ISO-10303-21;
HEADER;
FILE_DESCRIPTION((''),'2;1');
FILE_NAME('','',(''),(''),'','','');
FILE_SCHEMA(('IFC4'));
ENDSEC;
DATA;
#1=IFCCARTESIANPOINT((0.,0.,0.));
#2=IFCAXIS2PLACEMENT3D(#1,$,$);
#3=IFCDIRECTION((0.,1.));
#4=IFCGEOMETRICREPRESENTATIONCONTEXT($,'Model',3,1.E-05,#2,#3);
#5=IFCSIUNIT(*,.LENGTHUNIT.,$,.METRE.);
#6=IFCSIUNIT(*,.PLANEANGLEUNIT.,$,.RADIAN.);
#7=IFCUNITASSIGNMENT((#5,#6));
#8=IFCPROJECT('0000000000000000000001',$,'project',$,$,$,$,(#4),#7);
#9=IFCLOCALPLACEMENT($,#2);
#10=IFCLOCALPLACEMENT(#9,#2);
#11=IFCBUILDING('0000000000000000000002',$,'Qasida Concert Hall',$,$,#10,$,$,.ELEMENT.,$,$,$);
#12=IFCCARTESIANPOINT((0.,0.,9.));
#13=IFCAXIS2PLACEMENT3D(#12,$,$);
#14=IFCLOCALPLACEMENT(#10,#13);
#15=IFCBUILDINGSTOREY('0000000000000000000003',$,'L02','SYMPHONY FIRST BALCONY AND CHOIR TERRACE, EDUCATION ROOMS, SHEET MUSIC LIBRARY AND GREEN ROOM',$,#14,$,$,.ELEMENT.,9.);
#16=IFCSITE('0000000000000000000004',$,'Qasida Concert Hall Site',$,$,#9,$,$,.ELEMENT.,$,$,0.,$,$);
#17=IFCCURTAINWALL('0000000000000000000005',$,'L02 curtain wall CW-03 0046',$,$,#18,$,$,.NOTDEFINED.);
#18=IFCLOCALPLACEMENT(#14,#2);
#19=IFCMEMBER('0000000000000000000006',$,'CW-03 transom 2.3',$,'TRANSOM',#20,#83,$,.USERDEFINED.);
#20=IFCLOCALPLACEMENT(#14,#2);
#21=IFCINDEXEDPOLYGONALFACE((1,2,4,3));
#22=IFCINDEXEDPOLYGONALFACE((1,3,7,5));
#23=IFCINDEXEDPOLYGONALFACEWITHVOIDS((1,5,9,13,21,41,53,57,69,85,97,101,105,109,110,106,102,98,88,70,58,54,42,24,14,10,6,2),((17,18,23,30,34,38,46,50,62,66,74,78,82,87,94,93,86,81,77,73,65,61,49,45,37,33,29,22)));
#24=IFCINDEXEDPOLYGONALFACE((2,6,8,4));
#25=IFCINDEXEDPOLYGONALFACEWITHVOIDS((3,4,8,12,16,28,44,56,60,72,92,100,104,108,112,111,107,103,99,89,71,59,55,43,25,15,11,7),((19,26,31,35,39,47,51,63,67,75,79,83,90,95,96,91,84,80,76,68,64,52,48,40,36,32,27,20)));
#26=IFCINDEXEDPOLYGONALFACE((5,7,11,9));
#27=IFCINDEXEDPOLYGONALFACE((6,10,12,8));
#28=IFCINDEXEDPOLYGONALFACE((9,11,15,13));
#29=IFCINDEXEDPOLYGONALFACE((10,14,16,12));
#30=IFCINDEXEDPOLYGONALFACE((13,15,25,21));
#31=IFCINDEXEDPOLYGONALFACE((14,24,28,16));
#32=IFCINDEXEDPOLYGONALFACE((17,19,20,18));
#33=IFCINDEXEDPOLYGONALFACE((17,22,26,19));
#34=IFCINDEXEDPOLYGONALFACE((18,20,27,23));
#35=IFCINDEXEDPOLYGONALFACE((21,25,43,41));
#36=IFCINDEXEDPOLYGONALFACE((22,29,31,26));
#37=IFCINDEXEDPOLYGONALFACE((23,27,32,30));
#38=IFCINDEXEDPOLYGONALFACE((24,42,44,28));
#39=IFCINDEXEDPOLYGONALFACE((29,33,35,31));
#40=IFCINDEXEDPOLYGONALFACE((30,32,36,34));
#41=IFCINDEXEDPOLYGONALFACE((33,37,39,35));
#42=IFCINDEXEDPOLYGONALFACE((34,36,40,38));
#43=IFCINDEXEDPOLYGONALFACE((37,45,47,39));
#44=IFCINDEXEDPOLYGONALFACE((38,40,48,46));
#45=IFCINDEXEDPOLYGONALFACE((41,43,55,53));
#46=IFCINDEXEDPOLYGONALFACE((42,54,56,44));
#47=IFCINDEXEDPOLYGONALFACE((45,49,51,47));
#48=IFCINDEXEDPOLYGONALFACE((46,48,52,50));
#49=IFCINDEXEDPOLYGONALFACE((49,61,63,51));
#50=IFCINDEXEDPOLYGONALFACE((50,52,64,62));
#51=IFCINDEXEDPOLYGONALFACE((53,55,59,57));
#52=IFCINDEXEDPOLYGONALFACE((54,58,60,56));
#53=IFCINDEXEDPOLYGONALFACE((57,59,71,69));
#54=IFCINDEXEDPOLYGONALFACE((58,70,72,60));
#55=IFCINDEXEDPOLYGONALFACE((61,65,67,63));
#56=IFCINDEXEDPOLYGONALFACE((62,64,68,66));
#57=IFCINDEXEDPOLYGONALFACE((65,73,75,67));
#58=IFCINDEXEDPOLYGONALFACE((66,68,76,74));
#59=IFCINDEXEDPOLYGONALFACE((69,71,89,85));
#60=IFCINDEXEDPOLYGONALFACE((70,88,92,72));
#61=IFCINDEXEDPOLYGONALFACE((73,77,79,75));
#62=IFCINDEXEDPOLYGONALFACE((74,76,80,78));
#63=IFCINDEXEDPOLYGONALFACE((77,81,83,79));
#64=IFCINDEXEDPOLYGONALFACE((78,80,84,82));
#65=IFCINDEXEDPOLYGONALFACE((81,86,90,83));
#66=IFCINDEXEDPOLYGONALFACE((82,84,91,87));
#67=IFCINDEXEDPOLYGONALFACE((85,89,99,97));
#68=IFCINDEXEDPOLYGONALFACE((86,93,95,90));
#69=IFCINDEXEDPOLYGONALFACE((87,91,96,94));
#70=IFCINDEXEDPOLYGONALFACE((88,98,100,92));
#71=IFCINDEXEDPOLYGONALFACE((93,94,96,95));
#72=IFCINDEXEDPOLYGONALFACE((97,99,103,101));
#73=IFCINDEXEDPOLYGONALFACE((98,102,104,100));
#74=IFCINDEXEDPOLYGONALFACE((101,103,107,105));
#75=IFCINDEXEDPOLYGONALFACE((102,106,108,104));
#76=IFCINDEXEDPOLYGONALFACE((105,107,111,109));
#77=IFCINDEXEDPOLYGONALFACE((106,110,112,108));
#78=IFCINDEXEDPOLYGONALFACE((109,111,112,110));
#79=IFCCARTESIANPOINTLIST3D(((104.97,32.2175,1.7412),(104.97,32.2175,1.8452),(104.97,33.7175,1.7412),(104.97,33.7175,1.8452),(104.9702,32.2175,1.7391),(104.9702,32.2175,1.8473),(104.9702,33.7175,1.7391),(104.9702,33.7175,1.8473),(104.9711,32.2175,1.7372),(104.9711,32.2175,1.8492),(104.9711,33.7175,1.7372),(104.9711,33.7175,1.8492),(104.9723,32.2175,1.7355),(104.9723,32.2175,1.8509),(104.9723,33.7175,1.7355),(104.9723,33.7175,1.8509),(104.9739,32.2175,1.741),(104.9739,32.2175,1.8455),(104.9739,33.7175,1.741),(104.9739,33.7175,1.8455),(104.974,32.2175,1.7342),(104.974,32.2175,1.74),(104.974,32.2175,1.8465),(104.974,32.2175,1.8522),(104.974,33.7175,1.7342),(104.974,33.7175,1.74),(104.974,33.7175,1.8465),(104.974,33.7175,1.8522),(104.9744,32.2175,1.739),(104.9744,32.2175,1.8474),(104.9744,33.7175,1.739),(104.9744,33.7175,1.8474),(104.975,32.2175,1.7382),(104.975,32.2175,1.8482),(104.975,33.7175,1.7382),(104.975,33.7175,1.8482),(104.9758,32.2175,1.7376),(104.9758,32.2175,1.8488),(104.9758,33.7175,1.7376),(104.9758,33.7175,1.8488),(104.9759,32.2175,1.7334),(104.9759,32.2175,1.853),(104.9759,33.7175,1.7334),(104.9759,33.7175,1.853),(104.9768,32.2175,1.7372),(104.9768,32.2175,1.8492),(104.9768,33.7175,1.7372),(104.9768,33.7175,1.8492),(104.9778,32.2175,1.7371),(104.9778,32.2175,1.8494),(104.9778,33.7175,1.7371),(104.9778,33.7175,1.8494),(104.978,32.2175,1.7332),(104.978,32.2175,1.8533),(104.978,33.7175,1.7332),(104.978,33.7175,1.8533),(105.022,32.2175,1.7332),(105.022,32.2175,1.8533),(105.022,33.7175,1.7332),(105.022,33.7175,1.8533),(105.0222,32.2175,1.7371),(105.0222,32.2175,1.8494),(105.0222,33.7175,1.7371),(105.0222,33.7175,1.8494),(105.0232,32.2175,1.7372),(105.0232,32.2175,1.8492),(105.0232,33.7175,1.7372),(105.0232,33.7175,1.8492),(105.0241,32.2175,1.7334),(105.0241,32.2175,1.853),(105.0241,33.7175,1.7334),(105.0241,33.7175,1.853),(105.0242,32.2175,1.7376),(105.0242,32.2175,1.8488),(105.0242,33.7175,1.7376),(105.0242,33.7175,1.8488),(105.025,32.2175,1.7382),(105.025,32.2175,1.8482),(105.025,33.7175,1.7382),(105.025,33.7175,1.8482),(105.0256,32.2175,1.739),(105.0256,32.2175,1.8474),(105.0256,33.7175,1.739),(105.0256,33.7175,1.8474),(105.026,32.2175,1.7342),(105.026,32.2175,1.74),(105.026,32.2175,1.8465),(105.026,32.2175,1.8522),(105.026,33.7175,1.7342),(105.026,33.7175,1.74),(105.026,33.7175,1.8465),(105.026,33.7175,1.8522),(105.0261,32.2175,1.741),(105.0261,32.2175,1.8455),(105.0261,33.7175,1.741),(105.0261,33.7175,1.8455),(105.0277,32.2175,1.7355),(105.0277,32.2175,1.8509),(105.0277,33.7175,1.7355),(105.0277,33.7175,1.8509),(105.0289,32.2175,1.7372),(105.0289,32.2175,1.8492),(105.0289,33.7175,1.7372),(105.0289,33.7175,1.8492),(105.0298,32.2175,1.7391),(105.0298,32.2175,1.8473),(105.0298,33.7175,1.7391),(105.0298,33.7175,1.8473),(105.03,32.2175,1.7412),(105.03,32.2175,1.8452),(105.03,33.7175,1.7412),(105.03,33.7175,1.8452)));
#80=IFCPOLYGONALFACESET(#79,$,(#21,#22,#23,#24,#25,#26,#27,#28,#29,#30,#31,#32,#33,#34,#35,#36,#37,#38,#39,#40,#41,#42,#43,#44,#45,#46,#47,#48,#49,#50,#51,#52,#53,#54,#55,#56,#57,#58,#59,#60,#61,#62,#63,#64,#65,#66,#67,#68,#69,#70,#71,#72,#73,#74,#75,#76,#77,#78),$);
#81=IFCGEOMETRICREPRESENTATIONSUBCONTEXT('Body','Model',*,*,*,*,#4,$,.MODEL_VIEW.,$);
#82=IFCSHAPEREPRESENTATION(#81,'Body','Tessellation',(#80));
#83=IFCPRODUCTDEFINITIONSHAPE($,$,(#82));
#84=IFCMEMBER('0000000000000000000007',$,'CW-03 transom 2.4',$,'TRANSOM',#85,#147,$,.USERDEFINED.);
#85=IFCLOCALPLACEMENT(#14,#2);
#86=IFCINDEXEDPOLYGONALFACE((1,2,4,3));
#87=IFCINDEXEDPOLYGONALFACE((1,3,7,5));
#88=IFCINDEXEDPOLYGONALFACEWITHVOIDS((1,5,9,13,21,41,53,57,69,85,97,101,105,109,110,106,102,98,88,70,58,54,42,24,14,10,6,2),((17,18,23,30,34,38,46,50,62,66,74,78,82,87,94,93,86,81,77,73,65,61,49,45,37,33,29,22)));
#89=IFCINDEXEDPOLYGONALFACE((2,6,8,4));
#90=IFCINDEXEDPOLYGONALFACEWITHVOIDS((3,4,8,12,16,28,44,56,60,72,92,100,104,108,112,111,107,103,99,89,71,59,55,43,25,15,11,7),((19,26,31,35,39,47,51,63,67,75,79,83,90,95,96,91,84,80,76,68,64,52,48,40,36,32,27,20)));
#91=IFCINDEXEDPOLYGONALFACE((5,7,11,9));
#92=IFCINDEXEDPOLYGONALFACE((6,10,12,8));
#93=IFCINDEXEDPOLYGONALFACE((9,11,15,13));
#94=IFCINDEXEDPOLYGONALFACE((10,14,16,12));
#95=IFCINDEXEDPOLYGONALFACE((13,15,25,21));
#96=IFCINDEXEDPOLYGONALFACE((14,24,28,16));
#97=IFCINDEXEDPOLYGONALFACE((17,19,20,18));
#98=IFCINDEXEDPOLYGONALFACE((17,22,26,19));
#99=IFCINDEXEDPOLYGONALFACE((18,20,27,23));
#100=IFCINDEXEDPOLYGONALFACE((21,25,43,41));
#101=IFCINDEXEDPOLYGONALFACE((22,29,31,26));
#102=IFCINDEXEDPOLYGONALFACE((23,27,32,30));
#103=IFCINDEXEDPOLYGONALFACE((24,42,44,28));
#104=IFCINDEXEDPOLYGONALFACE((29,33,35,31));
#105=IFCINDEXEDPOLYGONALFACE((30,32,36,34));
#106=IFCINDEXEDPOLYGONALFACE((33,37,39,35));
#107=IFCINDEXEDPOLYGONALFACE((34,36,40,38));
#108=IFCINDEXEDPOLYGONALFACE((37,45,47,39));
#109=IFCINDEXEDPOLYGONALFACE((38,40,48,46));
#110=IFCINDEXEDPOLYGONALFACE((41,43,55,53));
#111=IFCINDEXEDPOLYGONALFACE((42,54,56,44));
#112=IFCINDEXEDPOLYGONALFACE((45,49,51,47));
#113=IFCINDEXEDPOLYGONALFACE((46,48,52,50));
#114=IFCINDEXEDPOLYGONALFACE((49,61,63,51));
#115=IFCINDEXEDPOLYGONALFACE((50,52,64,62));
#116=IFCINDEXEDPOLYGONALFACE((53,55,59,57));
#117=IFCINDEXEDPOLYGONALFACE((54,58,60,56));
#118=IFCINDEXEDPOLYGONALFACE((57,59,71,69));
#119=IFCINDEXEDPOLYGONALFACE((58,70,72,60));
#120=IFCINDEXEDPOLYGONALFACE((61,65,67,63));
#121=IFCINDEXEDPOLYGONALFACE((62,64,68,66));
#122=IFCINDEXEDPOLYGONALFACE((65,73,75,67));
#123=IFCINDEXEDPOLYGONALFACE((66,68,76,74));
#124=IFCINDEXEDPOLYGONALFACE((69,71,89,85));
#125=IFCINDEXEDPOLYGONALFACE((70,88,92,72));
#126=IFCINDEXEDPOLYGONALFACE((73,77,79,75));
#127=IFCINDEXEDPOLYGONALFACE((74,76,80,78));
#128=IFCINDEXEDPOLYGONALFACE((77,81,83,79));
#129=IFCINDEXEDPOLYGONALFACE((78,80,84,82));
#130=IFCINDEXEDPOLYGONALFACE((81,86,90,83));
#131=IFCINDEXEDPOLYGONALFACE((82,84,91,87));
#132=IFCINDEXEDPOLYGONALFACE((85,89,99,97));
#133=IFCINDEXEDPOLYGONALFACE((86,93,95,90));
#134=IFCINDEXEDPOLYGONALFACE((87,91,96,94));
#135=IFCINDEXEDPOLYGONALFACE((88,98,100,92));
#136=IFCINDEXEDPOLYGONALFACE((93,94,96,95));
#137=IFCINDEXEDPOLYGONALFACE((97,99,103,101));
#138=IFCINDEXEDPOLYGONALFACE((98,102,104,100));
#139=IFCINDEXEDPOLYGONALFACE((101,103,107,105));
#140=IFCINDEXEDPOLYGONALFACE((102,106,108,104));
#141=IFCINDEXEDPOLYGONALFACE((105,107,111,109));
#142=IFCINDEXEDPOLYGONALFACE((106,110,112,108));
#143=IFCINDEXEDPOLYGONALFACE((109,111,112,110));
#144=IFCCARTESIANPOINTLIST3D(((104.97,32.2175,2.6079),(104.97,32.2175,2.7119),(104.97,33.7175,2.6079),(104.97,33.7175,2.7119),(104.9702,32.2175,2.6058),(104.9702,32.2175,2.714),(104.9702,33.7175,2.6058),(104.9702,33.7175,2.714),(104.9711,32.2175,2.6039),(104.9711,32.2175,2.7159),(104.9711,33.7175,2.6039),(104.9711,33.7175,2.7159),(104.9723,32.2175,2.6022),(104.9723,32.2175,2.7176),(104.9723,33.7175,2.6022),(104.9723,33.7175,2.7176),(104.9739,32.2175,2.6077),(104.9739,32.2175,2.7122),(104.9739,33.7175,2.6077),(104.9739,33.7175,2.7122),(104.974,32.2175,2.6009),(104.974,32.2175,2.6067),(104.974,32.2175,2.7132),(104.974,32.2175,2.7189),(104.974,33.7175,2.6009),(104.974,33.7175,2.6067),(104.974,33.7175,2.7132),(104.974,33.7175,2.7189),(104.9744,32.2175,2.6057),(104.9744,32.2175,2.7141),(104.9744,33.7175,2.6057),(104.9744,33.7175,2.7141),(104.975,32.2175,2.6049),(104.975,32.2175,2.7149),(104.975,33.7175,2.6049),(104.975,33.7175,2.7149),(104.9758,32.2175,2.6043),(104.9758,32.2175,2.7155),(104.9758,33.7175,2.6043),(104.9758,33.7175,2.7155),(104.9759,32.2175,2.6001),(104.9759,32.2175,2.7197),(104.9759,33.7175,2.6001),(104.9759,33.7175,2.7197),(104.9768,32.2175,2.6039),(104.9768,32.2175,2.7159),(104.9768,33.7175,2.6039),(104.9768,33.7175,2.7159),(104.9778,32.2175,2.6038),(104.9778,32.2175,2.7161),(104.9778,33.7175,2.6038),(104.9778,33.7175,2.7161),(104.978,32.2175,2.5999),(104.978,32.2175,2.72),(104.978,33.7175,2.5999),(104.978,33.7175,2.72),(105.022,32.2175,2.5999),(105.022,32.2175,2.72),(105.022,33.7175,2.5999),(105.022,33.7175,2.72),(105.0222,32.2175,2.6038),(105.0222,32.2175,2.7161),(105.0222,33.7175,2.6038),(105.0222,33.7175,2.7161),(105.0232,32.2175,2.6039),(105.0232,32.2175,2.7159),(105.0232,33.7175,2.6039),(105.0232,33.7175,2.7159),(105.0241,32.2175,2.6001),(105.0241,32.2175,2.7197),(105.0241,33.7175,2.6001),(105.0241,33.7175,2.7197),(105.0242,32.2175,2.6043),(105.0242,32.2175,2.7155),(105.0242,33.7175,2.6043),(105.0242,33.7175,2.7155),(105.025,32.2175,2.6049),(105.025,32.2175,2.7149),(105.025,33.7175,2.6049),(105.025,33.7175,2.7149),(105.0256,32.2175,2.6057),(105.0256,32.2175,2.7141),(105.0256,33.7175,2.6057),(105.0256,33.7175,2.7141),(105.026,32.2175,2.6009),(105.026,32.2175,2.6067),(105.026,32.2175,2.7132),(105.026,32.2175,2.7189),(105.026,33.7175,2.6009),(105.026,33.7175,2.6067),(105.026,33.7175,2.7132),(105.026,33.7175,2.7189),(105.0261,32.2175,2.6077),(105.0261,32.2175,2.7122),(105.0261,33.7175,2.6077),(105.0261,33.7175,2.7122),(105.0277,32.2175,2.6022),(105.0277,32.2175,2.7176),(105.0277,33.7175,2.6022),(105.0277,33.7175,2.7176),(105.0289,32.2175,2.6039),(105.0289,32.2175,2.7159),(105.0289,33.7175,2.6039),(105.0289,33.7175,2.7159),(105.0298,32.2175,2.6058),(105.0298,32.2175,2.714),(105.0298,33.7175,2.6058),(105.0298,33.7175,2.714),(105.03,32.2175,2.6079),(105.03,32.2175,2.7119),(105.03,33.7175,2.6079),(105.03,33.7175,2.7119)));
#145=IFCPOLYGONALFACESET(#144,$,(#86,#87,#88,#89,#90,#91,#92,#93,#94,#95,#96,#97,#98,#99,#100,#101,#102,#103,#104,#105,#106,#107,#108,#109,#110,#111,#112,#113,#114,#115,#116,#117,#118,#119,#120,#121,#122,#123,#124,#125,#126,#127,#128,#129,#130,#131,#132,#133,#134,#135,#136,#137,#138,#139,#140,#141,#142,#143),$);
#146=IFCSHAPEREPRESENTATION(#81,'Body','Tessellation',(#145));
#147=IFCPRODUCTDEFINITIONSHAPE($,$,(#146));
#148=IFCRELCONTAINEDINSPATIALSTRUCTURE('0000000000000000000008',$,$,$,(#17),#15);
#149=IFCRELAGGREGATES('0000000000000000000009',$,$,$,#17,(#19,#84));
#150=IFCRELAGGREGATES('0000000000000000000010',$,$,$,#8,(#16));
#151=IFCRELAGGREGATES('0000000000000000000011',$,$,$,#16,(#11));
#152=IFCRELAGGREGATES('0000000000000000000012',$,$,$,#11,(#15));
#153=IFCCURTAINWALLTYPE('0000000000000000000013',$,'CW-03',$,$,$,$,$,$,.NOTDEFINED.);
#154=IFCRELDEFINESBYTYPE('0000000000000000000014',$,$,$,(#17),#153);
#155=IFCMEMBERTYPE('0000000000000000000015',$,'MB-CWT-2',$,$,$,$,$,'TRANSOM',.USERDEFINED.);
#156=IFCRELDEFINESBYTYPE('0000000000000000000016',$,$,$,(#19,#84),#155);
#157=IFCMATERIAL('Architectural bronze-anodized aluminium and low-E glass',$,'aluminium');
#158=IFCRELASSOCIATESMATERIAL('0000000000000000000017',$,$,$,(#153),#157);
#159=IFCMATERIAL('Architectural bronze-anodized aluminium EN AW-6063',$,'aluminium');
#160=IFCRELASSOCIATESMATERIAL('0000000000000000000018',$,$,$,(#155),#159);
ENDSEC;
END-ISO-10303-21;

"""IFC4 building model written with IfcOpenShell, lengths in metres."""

from ifc_helpers import new_model, si_unit, direction, frame, origin, origin_2d, place, context, subcontext, project, spatial, hollow_rectangle, extrude, material, material_profile, profile_set, type_object, element, aggregate, save


model = new_model("IFC4")

# Units and contexts
model_context = context("Model", 3, precision=1e-05, world=origin(), true_north=direction((0.0, 1.0)))
body_context = subcontext(model_context, "Body", "Model", "MODEL_VIEW")
ifc_project = project(units=[si_unit("LENGTHUNIT", "METRE"), si_unit("PLANEANGLEUNIT", "RADIAN")], contexts=[model_context])

# Site, building, storey
site_placement = place(None, origin())
site = spatial("IfcSite", under=ifc_project, at=site_placement, Name="Qasida Concert Hall Site", CompositionType="ELEMENT", RefElevation=0.0)
building_placement = place(site_placement, origin())
building = spatial("IfcBuilding", under=site, at=building_placement, Name="Qasida Concert Hall", CompositionType="ELEMENT")
storey_placement = place(building_placement, frame((0.0, 0.0, 9.0)))
storey = spatial("IfcBuildingStorey", under=building, at=storey_placement, Name="L02", Description="SYMPHONY FIRST BALCONY AND CHOIR TERRACE, EDUCATION ROOMS, SHEET MUSIC LIBRARY AND GREEN ROOM", CompositionType="ELEMENT", Elevation=9.0)

# Curtain wall, members
ifc_material_1 = material(Name="Architectural bronze-anodized aluminium and low-E glass", Category="aluminium")
curtain_wall_type = type_object("IfcCurtainWallType", Name="CW-03", PredefinedType="NOTDEFINED", material=ifc_material_1)
curtain_wall_placement = place(storey_placement, origin())
curtain_wall = element("IfcCurtainWall", 1, at=curtain_wall_placement, inside=storey, type_object=curtain_wall_type, Name="L02 curtain wall CW-03 0046", PredefinedType="NOTDEFINED")
ifc_material_2 = material(Name="Architectural bronze-anodized aluminium EN AW-6063", Category="aluminium")
ifc_material_profile_1 = material_profile(ifc_material_2, hollow_rectangle(XDim=0.0601, YDim=0.1201, WallThickness=0.0039, InnerFilletRadius=0.0039, OuterFilletRadius=0.0081, at=origin_2d()), Name="CWT 120x60x4")
ifc_profile_set_1 = profile_set([ifc_material_profile_1], Name="Architectural bronze-anodized aluminium EN AW-6063")
member_type_1 = type_object("IfcMemberType", Name="MB-CWT-2", ElementType="TRANSOM", PredefinedType="USERDEFINED", material=ifc_profile_set_1)
member_1_placement = place(storey_placement, frame((105.0, 32.2175, 1.7932), z_axis=(0.0, 1.0, 0.0), x_axis=(-1.0, 0.0, 0.0)))
member_1 = element("IfcMember", 2, at=member_1_placement, type_object=member_type_1, Name="CW-03 transom 2.3", ObjectType="TRANSOM", PredefinedType="USERDEFINED", context=body_context, shape_type="SweptSolid", body=[
    extrude(hollow_rectangle(XDim=0.0601, YDim=0.1201, WallThickness=0.0039, InnerFilletRadius=0.0039, OuterFilletRadius=0.0081, at=origin_2d()), origin(), (0.0, 0.0, 1.0), 1.5),
])
member_2_placement = place(storey_placement, frame((105.0, 32.2175, 2.6599), z_axis=(0.0, 1.0, 0.0), x_axis=(-1.0, 0.0, 0.0)))
member_2 = element("IfcMember", 3, at=member_2_placement, type_object=member_type_1, Name="CW-03 transom 2.4", ObjectType="TRANSOM", PredefinedType="USERDEFINED", context=body_context, shape_type="SweptSolid", body=[
    extrude(hollow_rectangle(XDim=0.0601, YDim=0.1201, WallThickness=0.0039, InnerFilletRadius=0.0039, OuterFilletRadius=0.0081, at=origin_2d()), origin(), (0.0, 0.0, 1.0), 1.5),
])
aggregate(curtain_wall, [member_1, member_2])

save(model, "model.ifc")
